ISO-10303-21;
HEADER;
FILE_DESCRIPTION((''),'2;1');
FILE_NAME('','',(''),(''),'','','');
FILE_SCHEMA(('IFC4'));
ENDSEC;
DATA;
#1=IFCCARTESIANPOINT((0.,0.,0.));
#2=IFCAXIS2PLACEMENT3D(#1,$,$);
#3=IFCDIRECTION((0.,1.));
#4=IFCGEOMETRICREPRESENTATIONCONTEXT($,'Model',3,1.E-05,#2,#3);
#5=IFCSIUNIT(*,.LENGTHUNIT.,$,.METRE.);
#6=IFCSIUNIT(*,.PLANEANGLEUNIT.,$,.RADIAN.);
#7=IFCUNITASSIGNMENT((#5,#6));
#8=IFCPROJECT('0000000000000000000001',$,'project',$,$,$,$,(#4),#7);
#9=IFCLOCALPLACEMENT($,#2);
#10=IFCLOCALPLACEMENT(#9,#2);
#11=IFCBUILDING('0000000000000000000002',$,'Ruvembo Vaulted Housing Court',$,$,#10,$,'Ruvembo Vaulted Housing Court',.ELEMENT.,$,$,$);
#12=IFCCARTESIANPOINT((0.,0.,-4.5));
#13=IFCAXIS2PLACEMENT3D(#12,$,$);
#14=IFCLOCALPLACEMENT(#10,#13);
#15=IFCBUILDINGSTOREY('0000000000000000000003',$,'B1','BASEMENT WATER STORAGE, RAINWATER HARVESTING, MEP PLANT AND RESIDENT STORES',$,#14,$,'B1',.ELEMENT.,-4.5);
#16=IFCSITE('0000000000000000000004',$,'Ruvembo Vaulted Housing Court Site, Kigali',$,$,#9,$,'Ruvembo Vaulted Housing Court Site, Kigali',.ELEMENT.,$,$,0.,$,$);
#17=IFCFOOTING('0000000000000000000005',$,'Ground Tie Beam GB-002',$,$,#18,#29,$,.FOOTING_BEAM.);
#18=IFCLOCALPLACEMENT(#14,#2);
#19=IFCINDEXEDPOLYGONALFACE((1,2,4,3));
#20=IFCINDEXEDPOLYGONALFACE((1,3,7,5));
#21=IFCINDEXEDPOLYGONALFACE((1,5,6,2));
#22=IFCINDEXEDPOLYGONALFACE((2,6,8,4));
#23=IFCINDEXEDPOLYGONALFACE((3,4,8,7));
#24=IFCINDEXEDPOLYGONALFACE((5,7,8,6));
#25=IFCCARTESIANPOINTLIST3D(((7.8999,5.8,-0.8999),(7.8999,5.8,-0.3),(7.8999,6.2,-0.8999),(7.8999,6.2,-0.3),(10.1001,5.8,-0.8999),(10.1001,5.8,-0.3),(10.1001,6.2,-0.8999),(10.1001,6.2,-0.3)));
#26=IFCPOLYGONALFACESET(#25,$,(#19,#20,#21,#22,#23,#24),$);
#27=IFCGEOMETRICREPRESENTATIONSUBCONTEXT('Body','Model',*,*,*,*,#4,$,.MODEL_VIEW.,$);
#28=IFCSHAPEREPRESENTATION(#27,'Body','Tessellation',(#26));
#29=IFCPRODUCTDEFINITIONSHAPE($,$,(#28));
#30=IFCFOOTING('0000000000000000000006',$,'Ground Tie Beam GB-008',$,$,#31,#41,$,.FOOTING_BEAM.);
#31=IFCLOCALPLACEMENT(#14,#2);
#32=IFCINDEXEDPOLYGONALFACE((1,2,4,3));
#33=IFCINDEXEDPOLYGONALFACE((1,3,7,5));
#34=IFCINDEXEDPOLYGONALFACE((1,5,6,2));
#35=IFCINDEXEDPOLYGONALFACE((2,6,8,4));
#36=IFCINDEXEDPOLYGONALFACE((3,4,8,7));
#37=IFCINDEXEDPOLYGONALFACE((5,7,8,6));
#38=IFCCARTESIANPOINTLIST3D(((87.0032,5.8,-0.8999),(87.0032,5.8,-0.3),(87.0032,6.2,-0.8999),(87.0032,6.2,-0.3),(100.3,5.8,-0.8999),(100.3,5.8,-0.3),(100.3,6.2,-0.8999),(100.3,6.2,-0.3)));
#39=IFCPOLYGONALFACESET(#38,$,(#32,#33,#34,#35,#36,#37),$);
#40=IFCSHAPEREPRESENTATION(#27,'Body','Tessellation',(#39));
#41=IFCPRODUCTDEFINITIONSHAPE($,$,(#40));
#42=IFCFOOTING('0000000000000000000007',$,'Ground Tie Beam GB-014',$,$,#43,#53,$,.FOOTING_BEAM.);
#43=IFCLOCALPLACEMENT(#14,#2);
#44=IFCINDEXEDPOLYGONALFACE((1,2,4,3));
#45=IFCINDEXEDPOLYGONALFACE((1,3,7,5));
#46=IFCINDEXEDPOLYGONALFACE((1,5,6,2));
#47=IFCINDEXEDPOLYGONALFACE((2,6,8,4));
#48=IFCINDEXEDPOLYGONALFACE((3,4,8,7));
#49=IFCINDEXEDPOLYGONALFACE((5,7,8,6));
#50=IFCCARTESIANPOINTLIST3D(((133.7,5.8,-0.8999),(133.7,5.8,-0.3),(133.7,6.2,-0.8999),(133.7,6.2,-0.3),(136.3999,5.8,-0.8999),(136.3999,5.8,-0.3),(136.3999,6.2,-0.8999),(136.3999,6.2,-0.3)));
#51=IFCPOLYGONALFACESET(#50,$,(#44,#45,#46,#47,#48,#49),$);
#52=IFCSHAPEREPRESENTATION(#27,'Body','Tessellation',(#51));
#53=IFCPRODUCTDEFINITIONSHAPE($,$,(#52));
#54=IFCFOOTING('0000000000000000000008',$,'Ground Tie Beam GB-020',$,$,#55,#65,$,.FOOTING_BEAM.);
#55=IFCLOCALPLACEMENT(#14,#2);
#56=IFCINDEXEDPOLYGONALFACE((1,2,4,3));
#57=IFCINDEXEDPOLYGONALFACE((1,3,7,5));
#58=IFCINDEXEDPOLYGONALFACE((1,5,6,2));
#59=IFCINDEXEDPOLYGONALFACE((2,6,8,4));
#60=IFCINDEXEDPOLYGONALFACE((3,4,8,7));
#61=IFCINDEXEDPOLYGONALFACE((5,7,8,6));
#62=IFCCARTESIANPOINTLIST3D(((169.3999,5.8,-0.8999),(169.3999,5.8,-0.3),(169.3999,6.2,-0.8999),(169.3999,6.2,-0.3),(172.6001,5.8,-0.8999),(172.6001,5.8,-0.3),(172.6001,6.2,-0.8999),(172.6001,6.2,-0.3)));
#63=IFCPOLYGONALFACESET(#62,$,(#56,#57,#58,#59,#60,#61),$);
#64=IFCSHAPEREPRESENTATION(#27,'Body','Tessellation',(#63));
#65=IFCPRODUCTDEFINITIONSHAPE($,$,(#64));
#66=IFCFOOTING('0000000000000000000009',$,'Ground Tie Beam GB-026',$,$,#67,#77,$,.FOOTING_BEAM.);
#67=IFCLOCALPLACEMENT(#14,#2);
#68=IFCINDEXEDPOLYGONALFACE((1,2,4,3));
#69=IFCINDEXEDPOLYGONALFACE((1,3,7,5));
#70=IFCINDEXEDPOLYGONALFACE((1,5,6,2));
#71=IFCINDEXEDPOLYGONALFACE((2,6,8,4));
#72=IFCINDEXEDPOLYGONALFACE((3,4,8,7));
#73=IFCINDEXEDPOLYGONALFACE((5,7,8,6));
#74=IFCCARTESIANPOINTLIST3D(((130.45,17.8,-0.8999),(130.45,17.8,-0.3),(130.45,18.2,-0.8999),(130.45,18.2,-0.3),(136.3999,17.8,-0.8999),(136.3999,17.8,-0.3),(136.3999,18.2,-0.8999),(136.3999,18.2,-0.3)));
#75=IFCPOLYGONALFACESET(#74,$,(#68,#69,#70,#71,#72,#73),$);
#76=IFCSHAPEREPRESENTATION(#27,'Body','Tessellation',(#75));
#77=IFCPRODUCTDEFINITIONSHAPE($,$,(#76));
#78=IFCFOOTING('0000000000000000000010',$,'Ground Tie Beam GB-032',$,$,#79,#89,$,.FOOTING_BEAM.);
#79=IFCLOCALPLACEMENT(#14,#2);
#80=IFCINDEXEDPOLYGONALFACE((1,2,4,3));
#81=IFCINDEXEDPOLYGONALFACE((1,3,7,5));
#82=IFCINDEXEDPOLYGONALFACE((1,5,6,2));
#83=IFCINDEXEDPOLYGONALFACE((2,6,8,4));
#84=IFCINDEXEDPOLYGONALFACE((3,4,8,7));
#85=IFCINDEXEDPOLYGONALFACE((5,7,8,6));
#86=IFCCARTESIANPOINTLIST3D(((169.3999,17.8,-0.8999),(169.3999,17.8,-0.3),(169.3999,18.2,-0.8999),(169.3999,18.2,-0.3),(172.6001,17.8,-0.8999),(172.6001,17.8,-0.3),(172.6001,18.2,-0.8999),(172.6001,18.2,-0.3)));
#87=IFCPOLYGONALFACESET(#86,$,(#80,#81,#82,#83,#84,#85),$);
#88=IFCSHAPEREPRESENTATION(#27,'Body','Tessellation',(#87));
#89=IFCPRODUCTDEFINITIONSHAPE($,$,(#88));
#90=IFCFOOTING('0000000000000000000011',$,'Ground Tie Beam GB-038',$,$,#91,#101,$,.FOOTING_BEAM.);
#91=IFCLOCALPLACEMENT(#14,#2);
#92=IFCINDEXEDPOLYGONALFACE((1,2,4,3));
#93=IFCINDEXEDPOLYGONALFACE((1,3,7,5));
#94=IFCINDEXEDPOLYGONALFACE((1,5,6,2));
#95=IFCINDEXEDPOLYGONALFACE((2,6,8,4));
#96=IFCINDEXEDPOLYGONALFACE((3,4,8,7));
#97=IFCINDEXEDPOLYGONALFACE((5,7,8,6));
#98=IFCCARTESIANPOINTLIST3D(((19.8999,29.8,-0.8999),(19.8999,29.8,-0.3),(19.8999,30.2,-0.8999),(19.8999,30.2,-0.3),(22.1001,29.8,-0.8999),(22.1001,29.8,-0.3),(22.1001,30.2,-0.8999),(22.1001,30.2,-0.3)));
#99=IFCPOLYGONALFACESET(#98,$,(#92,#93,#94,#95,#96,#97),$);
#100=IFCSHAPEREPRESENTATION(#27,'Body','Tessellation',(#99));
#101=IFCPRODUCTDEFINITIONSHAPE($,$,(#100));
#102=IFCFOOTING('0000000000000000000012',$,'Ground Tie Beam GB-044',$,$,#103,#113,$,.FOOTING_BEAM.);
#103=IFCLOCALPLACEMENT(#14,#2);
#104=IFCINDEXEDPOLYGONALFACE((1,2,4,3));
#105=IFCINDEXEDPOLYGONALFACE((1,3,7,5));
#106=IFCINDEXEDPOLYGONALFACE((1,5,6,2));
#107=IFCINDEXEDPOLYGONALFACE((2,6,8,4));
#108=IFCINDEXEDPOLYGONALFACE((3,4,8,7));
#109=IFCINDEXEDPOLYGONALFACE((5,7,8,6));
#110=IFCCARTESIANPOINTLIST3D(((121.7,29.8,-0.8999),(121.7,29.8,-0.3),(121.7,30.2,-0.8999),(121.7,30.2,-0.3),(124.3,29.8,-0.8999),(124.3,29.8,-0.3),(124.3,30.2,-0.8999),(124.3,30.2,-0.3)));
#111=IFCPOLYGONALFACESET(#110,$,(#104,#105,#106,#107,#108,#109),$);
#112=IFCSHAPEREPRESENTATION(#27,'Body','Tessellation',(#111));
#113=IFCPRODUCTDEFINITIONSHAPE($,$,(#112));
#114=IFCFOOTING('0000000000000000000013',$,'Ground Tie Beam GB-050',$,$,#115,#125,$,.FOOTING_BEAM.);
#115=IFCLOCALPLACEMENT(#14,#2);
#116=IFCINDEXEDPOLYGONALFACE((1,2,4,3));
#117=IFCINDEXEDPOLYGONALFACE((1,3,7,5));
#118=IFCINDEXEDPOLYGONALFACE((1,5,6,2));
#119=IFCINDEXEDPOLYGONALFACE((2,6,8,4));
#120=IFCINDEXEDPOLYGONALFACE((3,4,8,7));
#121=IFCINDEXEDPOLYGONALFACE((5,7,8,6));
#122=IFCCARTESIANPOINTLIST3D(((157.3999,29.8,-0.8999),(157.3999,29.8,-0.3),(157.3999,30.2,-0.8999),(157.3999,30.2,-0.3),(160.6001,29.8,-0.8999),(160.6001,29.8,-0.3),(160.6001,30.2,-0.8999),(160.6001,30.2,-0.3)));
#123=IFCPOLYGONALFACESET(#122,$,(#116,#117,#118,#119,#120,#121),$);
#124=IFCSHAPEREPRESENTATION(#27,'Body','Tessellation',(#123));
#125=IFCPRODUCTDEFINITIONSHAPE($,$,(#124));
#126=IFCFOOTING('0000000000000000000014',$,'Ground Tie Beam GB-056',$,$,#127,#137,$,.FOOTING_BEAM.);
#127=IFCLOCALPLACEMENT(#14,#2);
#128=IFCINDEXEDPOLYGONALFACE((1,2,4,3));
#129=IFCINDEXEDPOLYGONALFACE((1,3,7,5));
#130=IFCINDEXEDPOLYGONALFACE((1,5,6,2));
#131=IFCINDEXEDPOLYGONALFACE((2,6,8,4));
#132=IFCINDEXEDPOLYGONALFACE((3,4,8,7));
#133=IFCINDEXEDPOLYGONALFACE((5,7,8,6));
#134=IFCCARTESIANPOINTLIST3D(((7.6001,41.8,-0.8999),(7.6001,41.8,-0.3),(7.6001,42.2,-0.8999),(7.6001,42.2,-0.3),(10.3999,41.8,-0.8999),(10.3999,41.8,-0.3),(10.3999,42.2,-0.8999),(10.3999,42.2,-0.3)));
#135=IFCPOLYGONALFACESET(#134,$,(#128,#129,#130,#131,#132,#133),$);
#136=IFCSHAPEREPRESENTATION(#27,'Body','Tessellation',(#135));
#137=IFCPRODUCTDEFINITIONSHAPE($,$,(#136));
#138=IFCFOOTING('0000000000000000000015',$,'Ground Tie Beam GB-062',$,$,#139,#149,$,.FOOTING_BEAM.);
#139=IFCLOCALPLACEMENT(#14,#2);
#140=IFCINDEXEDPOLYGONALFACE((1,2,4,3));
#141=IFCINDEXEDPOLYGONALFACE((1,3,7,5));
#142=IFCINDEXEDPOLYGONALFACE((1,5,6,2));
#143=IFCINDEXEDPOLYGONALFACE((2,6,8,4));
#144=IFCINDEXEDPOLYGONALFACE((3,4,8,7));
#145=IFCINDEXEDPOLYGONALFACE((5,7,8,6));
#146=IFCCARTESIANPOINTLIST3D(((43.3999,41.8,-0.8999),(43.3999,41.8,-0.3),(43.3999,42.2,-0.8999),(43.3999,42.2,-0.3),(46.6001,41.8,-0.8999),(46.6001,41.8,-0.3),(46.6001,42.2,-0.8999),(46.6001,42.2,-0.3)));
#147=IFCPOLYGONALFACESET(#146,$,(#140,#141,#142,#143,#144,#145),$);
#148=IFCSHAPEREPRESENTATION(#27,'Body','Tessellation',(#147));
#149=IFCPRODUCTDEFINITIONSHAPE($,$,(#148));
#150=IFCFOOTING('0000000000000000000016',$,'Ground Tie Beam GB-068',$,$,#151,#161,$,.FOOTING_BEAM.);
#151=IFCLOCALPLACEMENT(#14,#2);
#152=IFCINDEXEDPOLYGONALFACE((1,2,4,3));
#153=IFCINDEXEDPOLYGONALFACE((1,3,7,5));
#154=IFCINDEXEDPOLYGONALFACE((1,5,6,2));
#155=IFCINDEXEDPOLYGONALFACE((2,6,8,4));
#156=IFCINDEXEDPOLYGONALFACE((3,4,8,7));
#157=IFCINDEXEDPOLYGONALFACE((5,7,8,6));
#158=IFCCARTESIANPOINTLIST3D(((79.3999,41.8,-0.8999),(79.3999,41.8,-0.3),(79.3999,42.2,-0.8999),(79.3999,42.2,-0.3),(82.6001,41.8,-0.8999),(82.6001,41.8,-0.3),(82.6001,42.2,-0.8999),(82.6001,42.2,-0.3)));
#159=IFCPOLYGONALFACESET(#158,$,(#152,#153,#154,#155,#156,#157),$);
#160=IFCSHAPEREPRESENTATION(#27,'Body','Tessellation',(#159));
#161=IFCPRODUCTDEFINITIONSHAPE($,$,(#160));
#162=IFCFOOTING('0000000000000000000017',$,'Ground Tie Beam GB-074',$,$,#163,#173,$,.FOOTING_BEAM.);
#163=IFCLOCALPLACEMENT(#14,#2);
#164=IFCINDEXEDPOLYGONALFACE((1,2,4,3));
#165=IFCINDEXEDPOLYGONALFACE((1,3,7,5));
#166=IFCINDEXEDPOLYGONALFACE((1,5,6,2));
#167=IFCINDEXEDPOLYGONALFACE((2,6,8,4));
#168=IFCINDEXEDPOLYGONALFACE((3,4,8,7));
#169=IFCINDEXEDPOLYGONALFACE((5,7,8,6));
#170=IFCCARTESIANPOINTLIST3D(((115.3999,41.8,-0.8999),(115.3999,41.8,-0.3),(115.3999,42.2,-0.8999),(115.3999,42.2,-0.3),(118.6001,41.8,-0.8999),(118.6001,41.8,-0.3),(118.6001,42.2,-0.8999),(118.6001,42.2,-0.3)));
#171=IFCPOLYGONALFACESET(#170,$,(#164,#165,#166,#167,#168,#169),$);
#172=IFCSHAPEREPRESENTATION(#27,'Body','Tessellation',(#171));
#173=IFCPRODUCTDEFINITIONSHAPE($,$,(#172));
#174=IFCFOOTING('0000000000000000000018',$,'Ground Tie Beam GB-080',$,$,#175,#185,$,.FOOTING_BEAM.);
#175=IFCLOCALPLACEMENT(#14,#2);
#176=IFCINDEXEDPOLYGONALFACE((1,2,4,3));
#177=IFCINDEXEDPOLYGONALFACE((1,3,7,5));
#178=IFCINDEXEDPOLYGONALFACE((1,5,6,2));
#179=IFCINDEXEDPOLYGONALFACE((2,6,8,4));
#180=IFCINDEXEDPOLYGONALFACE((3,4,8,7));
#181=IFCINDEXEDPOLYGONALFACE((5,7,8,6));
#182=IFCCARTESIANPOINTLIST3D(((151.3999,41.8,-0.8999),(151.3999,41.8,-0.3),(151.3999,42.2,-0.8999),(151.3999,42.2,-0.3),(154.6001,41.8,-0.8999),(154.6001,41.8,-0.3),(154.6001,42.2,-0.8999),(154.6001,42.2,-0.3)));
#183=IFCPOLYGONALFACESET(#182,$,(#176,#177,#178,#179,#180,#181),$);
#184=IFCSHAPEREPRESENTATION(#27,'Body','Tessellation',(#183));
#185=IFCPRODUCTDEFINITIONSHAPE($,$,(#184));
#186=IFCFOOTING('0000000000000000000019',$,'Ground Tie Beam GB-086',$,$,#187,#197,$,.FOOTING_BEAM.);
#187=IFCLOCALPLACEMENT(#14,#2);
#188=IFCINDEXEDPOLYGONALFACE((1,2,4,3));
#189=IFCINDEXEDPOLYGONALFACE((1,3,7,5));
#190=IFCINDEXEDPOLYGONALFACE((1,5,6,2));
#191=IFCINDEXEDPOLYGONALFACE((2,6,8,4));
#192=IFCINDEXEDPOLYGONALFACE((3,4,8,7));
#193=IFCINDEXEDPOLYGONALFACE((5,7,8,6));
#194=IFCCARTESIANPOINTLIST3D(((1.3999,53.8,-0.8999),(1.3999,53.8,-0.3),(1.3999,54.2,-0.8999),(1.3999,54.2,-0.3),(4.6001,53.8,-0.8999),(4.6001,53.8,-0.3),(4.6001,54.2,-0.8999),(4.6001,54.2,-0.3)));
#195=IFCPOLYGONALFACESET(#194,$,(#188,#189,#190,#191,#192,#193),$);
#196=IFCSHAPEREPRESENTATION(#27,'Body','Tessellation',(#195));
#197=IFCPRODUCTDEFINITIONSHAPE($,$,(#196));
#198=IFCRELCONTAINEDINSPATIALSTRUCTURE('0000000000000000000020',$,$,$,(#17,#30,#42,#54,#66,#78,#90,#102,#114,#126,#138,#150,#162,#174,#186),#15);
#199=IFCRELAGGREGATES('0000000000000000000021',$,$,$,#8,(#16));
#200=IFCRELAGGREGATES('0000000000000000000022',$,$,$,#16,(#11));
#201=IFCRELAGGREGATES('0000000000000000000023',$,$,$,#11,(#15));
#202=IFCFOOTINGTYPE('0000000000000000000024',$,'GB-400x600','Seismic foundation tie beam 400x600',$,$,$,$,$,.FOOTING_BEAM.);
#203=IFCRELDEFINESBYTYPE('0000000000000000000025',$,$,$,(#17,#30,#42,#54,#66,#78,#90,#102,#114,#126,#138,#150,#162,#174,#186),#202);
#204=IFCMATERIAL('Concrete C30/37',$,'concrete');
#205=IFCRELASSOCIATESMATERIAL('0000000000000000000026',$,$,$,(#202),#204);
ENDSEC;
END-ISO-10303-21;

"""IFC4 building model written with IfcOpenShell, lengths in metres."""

from ifc_helpers import new_model, si_unit, direction, frame, origin, place, context, subcontext, project, spatial, polyline, outline, extrude, material, type_object, element, save


model = new_model("IFC4")

# Units and contexts
model_context = context("Model", 3, precision=1e-05, world=origin(), true_north=direction((0.0, 1.0)))
body_context = subcontext(model_context, "Body", "Model", "MODEL_VIEW")
ifc_project = project(units=[si_unit("LENGTHUNIT", "METRE"), si_unit("PLANEANGLEUNIT", "RADIAN")], contexts=[model_context])

# Site, building, storey
site_placement = place(None, origin())
site = spatial("IfcSite", under=ifc_project, at=site_placement, Name="Ruvembo Vaulted Housing Court Site, Kigali", LongName="Ruvembo Vaulted Housing Court Site, Kigali", CompositionType="ELEMENT", RefElevation=0.0)
building_placement = place(site_placement, origin())
building = spatial("IfcBuilding", under=site, at=building_placement, Name="Ruvembo Vaulted Housing Court", LongName="Ruvembo Vaulted Housing Court", CompositionType="ELEMENT")
storey_placement = place(building_placement, frame((0.0, 0.0, -4.5)))
storey = spatial("IfcBuildingStorey", under=building, at=storey_placement, Name="B1", Description="BASEMENT WATER STORAGE, RAINWATER HARVESTING, MEP PLANT AND RESIDENT STORES", LongName="B1", CompositionType="ELEMENT", Elevation=-4.5)

# Footings
ifc_material = material(Name="Concrete C30/37", Category="concrete")
footing_type_1 = type_object("IfcFootingType", Name="GB-400x600", Description="Seismic foundation tie beam 400x600", PredefinedType="FOOTING_BEAM", material=ifc_material)
footing_1_placement = place(storey_placement, frame((0.0, 0.0, -0.8999)))
element("IfcFooting", 1, at=footing_1_placement, inside=storey, type_object=footing_type_1, Name="Ground Tie Beam GB-002", PredefinedType="FOOTING_BEAM", context=body_context, shape_type="SweptSolid", body=[
    extrude(outline(polyline([(7.8999, 5.8), (10.1001, 5.8), (10.1001, 6.2), (7.8999, 6.2), (7.8999, 5.8)])), origin(), (0.0, 0.0, 1.0), 0.5999),
])
footing_2_placement = place(storey_placement, frame((0.0, 0.0, -0.8999)))
element("IfcFooting", 2, at=footing_2_placement, inside=storey, type_object=footing_type_1, Name="Ground Tie Beam GB-008", PredefinedType="FOOTING_BEAM", context=body_context, shape_type="SweptSolid", body=[
    extrude(outline(polyline([(87.0032, 5.8), (100.3, 5.8), (100.3, 6.2), (87.0032, 6.2), (87.0032, 5.8)])), origin(), (0.0, 0.0, 1.0), 0.5999),
])
footing_3_placement = place(storey_placement, frame((0.0, 0.0, -0.8999)))
element("IfcFooting", 3, at=footing_3_placement, inside=storey, type_object=footing_type_1, Name="Ground Tie Beam GB-014", PredefinedType="FOOTING_BEAM", context=body_context, shape_type="SweptSolid", body=[
    extrude(outline(polyline([(133.7, 5.8), (136.3999, 5.8), (136.3999, 6.2), (133.7, 6.2), (133.7, 5.8)])), origin(), (0.0, 0.0, 1.0), 0.5999),
])
footing_4_placement = place(storey_placement, frame((0.0, 0.0, -0.8999)))
element("IfcFooting", 4, at=footing_4_placement, inside=storey, type_object=footing_type_1, Name="Ground Tie Beam GB-020", PredefinedType="FOOTING_BEAM", context=body_context, shape_type="SweptSolid", body=[
    extrude(outline(polyline([(169.3999, 5.8), (172.6001, 5.8), (172.6001, 6.2), (169.3999, 6.2), (169.3999, 5.8)])), origin(), (0.0, 0.0, 1.0), 0.5999),
])
footing_5_placement = place(storey_placement, frame((0.0, 0.0, -0.8999)))
element("IfcFooting", 5, at=footing_5_placement, inside=storey, type_object=footing_type_1, Name="Ground Tie Beam GB-026", PredefinedType="FOOTING_BEAM", context=body_context, shape_type="SweptSolid", body=[
    extrude(outline(polyline([(130.45, 17.8), (136.3999, 17.8), (136.3999, 18.2), (130.45, 18.2), (130.45, 17.8)])), origin(), (0.0, 0.0, 1.0), 0.5999),
])
footing_6_placement = place(storey_placement, frame((0.0, 0.0, -0.8999)))
element("IfcFooting", 6, at=footing_6_placement, inside=storey, type_object=footing_type_1, Name="Ground Tie Beam GB-032", PredefinedType="FOOTING_BEAM", context=body_context, shape_type="SweptSolid", body=[
    extrude(outline(polyline([(169.3999, 17.8), (172.6001, 17.8), (172.6001, 18.2), (169.3999, 18.2), (169.3999, 17.8)])), origin(), (0.0, 0.0, 1.0), 0.5999),
])
footing_7_placement = place(storey_placement, frame((0.0, 0.0, -0.8999)))
element("IfcFooting", 7, at=footing_7_placement, inside=storey, type_object=footing_type_1, Name="Ground Tie Beam GB-038", PredefinedType="FOOTING_BEAM", context=body_context, shape_type="SweptSolid", body=[
    extrude(outline(polyline([(19.8999, 29.8), (22.1001, 29.8), (22.1001, 30.2), (19.8999, 30.2), (19.8999, 29.8)])), origin(), (0.0, 0.0, 1.0), 0.5999),
])
footing_8_placement = place(storey_placement, frame((0.0, 0.0, -0.8999)))
element("IfcFooting", 8, at=footing_8_placement, inside=storey, type_object=footing_type_1, Name="Ground Tie Beam GB-044", PredefinedType="FOOTING_BEAM", context=body_context, shape_type="SweptSolid", body=[
    extrude(outline(polyline([(121.7, 29.8), (124.3, 29.8), (124.3, 30.2), (121.7, 30.2), (121.7, 29.8)])), origin(), (0.0, 0.0, 1.0), 0.5999),
])
footing_9_placement = place(storey_placement, frame((0.0, 0.0, -0.8999)))
element("IfcFooting", 9, at=footing_9_placement, inside=storey, type_object=footing_type_1, Name="Ground Tie Beam GB-050", PredefinedType="FOOTING_BEAM", context=body_context, shape_type="SweptSolid", body=[
    extrude(outline(polyline([(157.3999, 29.8), (160.6001, 29.8), (160.6001, 30.2), (157.3999, 30.2), (157.3999, 29.8)])), origin(), (0.0, 0.0, 1.0), 0.5999),
])
footing_10_placement = place(storey_placement, frame((0.0, 0.0, -0.8999)))
element("IfcFooting", 10, at=footing_10_placement, inside=storey, type_object=footing_type_1, Name="Ground Tie Beam GB-056", PredefinedType="FOOTING_BEAM", context=body_context, shape_type="SweptSolid", body=[
    extrude(outline(polyline([(7.6001, 41.8), (10.3999, 41.8), (10.3999, 42.2), (7.6001, 42.2), (7.6001, 41.8)])), origin(), (0.0, 0.0, 1.0), 0.5999),
])
footing_11_placement = place(storey_placement, frame((0.0, 0.0, -0.8999)))
element("IfcFooting", 11, at=footing_11_placement, inside=storey, type_object=footing_type_1, Name="Ground Tie Beam GB-062", PredefinedType="FOOTING_BEAM", context=body_context, shape_type="SweptSolid", body=[
    extrude(outline(polyline([(43.3999, 41.8), (46.6001, 41.8), (46.6001, 42.2), (43.3999, 42.2), (43.3999, 41.8)])), origin(), (0.0, 0.0, 1.0), 0.5999),
])
footing_12_placement = place(storey_placement, frame((0.0, 0.0, -0.8999)))
element("IfcFooting", 12, at=footing_12_placement, inside=storey, type_object=footing_type_1, Name="Ground Tie Beam GB-068", PredefinedType="FOOTING_BEAM", context=body_context, shape_type="SweptSolid", body=[
    extrude(outline(polyline([(79.3999, 41.8), (82.6001, 41.8), (82.6001, 42.2), (79.3999, 42.2), (79.3999, 41.8)])), origin(), (0.0, 0.0, 1.0), 0.5999),
])
footing_13_placement = place(storey_placement, frame((0.0, 0.0, -0.8999)))
element("IfcFooting", 13, at=footing_13_placement, inside=storey, type_object=footing_type_1, Name="Ground Tie Beam GB-074", PredefinedType="FOOTING_BEAM", context=body_context, shape_type="SweptSolid", body=[
    extrude(outline(polyline([(115.3999, 41.8), (118.6001, 41.8), (118.6001, 42.2), (115.3999, 42.2), (115.3999, 41.8)])), origin(), (0.0, 0.0, 1.0), 0.5999),
])
footing_14_placement = place(storey_placement, frame((0.0, 0.0, -0.8999)))
element("IfcFooting", 14, at=footing_14_placement, inside=storey, type_object=footing_type_1, Name="Ground Tie Beam GB-080", PredefinedType="FOOTING_BEAM", context=body_context, shape_type="SweptSolid", body=[
    extrude(outline(polyline([(151.3999, 41.8), (154.6001, 41.8), (154.6001, 42.2), (151.3999, 42.2), (151.3999, 41.8)])), origin(), (0.0, 0.0, 1.0), 0.5999),
])
footing_15_placement = place(storey_placement, frame((0.0, 0.0, -0.8999)))
element("IfcFooting", 15, at=footing_15_placement, inside=storey, type_object=footing_type_1, Name="Ground Tie Beam GB-086", PredefinedType="FOOTING_BEAM", context=body_context, shape_type="SweptSolid", body=[
    extrude(outline(polyline([(1.3999, 53.8), (4.6001, 53.8), (4.6001, 54.2), (1.3999, 54.2), (1.3999, 53.8)])), origin(), (0.0, 0.0, 1.0), 0.5999),
])

save(model, "model.ifc")
